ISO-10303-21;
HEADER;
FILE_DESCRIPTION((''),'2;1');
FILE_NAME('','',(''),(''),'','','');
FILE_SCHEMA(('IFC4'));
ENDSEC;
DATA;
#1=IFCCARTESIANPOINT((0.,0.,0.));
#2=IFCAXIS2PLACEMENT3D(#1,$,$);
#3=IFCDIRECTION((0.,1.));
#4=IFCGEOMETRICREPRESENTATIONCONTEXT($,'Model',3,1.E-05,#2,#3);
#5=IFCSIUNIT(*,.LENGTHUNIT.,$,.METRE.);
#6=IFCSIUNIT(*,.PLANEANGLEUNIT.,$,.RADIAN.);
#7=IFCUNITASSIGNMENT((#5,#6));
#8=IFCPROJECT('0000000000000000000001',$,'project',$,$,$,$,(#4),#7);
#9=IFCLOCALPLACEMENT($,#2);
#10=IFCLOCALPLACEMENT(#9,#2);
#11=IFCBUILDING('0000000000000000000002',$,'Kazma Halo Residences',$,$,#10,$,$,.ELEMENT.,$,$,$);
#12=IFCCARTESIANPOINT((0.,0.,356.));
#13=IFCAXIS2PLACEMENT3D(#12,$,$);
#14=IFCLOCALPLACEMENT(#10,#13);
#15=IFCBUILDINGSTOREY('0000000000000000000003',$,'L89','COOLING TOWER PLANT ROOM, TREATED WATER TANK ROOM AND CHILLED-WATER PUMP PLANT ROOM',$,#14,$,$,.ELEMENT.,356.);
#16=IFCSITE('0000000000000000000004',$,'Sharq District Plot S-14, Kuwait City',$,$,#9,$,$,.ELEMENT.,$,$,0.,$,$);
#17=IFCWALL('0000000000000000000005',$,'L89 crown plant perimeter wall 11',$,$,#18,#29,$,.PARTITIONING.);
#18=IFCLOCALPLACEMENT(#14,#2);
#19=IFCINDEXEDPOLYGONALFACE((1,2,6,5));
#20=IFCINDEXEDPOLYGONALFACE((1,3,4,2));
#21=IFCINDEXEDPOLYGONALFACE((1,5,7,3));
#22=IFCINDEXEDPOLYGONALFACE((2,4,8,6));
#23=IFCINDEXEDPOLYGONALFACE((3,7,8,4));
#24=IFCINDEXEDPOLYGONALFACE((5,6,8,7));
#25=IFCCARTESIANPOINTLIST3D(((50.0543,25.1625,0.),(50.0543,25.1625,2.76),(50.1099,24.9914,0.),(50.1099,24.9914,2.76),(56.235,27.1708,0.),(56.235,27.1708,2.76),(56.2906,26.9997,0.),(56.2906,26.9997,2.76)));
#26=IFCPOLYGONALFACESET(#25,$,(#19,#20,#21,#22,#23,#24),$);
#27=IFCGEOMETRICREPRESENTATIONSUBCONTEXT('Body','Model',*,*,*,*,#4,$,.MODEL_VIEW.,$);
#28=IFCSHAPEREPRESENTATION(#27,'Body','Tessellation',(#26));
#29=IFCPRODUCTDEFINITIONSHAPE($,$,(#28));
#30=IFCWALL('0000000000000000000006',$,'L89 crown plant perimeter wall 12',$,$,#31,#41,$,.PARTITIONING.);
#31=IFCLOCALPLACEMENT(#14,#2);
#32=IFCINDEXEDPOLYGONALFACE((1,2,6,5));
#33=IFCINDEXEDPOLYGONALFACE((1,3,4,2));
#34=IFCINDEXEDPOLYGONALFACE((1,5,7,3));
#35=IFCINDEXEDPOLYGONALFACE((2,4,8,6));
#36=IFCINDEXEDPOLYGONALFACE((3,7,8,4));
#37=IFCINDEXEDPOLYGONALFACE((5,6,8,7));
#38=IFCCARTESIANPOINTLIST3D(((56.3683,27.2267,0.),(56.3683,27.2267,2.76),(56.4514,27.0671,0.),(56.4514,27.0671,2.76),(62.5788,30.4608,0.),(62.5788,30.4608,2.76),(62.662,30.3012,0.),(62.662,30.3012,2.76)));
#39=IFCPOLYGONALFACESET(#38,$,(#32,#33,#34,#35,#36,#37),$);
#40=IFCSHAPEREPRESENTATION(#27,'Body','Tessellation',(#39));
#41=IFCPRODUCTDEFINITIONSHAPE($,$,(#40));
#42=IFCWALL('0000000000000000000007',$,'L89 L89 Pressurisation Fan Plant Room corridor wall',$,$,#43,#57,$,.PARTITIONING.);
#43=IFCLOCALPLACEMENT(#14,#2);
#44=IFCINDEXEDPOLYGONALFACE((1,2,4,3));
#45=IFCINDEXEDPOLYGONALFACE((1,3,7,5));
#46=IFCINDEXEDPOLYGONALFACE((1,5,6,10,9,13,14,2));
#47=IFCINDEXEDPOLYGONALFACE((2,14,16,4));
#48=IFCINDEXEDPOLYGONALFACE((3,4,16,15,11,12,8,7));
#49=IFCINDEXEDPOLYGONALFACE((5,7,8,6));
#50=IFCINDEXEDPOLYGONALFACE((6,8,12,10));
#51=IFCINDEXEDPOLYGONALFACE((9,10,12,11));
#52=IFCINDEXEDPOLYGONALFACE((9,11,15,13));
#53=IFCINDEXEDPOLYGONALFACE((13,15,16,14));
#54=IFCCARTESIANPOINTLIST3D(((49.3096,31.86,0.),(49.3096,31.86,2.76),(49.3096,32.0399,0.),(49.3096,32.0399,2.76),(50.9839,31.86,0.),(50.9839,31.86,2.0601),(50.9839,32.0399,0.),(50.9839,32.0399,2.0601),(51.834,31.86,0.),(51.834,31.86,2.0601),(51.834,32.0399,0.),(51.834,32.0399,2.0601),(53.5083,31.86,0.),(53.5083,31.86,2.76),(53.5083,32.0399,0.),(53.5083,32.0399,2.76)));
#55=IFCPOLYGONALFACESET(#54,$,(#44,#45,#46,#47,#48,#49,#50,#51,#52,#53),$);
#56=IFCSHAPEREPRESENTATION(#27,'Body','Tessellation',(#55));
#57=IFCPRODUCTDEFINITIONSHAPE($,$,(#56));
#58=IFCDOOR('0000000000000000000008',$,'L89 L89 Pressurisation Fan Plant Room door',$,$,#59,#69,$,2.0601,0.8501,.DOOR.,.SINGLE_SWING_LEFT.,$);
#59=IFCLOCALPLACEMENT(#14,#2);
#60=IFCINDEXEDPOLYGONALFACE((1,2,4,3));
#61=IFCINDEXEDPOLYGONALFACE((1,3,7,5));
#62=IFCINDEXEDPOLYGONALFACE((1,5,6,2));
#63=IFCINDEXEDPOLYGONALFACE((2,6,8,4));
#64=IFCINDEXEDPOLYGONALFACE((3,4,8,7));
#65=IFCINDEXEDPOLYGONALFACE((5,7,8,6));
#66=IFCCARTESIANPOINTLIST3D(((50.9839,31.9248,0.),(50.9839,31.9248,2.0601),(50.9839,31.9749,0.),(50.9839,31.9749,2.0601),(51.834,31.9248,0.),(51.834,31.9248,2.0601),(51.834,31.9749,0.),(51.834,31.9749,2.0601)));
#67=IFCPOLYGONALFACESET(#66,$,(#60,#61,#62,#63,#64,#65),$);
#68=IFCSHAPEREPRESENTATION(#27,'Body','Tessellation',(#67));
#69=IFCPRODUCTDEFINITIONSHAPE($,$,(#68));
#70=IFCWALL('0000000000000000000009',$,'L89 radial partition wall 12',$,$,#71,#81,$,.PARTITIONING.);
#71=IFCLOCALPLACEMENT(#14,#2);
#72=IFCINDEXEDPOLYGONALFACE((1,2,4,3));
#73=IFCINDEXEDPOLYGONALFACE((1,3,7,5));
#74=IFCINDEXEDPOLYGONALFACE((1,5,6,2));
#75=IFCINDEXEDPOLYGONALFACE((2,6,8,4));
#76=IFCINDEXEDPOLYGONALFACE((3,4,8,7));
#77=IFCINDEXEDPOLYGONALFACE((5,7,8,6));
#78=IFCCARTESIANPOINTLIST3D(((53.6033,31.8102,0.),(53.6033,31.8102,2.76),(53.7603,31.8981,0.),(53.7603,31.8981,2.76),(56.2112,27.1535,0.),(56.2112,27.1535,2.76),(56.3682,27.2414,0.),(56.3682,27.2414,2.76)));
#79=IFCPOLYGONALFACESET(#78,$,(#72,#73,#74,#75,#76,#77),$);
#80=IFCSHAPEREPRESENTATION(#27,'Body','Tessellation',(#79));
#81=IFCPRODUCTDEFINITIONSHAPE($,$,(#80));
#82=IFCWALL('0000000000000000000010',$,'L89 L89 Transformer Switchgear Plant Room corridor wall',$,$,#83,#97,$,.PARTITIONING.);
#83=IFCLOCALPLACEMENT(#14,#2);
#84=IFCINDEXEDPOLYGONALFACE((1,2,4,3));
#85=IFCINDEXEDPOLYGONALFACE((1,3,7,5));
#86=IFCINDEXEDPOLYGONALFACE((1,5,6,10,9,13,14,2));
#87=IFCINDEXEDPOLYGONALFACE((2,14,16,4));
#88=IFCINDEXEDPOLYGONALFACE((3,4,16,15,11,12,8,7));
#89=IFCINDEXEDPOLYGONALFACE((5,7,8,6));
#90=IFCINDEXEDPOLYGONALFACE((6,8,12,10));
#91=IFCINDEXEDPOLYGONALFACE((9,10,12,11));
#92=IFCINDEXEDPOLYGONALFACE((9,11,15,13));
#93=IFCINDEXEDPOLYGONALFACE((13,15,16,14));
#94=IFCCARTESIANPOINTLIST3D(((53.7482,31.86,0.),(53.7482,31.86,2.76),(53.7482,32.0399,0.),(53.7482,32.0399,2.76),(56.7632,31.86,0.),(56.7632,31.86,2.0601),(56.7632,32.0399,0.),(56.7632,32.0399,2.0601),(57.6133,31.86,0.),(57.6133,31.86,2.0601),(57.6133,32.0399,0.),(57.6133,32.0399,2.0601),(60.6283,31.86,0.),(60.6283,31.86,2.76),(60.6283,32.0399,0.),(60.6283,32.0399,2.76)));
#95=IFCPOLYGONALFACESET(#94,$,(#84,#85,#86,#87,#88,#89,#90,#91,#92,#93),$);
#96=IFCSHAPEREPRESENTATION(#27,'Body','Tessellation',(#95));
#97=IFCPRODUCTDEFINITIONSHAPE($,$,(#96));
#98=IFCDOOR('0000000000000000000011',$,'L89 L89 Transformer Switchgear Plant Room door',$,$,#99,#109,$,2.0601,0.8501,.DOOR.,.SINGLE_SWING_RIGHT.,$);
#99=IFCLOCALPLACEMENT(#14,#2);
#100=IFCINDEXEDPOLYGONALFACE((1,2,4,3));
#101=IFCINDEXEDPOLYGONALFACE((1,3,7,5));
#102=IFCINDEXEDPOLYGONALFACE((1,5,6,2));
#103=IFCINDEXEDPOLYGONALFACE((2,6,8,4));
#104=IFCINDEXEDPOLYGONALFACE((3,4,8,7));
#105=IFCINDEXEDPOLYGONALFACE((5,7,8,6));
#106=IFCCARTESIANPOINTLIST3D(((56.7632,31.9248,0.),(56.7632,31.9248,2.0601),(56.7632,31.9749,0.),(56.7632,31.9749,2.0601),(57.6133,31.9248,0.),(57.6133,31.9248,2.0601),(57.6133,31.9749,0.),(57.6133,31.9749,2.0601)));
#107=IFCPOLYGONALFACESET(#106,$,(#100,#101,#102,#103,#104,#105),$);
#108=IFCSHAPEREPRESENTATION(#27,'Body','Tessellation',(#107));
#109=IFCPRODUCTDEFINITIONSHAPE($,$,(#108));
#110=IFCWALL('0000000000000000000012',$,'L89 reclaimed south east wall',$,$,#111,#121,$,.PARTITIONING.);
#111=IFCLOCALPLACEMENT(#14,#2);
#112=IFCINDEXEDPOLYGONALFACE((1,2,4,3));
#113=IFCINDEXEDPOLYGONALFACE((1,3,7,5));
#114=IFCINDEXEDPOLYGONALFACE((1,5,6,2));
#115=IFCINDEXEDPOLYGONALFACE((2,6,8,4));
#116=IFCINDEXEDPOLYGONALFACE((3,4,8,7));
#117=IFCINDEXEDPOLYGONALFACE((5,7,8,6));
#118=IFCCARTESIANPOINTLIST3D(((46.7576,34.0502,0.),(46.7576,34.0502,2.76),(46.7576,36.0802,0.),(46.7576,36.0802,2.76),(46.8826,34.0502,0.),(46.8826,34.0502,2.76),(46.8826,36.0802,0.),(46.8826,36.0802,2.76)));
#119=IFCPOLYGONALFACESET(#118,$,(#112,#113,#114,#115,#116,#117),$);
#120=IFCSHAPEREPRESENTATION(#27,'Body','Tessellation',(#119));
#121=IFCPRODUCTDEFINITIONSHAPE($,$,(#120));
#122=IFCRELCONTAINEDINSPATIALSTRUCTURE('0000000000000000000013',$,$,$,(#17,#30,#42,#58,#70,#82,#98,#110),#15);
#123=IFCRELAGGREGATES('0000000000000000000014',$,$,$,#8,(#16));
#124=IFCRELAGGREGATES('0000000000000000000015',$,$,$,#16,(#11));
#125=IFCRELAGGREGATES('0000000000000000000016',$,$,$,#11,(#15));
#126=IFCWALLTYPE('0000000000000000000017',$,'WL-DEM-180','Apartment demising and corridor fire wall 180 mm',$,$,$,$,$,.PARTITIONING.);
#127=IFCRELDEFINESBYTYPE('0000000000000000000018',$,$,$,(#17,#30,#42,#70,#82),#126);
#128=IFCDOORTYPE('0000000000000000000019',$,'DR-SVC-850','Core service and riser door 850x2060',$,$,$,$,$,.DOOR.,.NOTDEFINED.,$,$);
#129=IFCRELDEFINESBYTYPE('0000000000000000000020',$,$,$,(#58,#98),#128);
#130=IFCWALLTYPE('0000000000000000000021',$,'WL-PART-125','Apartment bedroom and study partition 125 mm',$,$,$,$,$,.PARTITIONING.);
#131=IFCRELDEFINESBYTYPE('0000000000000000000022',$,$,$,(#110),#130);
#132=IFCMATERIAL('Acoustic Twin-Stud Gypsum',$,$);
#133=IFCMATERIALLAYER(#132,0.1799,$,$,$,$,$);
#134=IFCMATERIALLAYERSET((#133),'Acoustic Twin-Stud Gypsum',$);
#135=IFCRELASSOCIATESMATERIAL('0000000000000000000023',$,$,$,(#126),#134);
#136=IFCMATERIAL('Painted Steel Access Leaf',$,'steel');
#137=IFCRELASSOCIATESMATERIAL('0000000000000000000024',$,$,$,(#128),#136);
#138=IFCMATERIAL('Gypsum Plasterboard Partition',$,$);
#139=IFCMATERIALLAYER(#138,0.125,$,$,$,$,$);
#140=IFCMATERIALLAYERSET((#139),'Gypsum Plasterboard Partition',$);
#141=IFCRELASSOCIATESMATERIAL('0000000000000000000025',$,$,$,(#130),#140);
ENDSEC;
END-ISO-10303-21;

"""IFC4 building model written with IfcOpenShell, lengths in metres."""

from ifc_helpers import new_model, si_unit, direction, frame, frame_2d, origin, place, context, subcontext, project, spatial, rectangle, extrude, material, layer, layer_set, type_object, element, fill, save


model = new_model("IFC4")

# Units and contexts
model_context = context("Model", 3, precision=1e-05, world=origin(), true_north=direction((0.0, 1.0)))
body_context = subcontext(model_context, "Body", "Model", "MODEL_VIEW")
ifc_project = project(units=[si_unit("LENGTHUNIT", "METRE"), si_unit("PLANEANGLEUNIT", "RADIAN")], contexts=[model_context])

# Site, building, storey
site_placement = place(None, origin())
site = spatial("IfcSite", under=ifc_project, at=site_placement, Name="Sharq District Plot S-14, Kuwait City", CompositionType="ELEMENT", RefElevation=0.0)
building_placement = place(site_placement, origin())
building = spatial("IfcBuilding", under=site, at=building_placement, Name="Kazma Halo Residences", CompositionType="ELEMENT")
storey_placement = place(building_placement, frame((0.0, 0.0, 356.0)))
storey = spatial("IfcBuildingStorey", under=building, at=storey_placement, Name="L89", Description="COOLING TOWER PLANT ROOM, TREATED WATER TANK ROOM AND CHILLED-WATER PUMP PLANT ROOM", CompositionType="ELEMENT", Elevation=356.0)

# Walls
ifc_material_1 = material(Name="Acoustic Twin-Stud Gypsum")
ifc_layer_1 = layer(ifc_material_1, 0.1799)
ifc_layer_set_1 = layer_set([ifc_layer_1], Name="Acoustic Twin-Stud Gypsum")
wall_type_1 = type_object("IfcWallType", Name="WL-DEM-180", Description="Apartment demising and corridor fire wall 180 mm", PredefinedType="PARTITIONING", material=ifc_layer_set_1)
wall_1_placement = place(storey_placement, frame((50.082, 25.0769, 0.0), z_axis=(0.0, 0.0, 1.0), x_axis=(0.951053, 0.309028, 0.0)))
element("IfcWall", 1, at=wall_1_placement, inside=storey, type_object=wall_type_1, Name="L89 crown plant perimeter wall 11", PredefinedType="PARTITIONING", context=body_context, shape_type="SweptSolid", body=[
    extrude(rectangle(XDim=6.4988, YDim=0.1799, at=frame_2d((3.2495, 0.0))), origin(), (0.0, 0.0, 1.0), 2.76),
])
wall_2_placement = place(storey_placement, frame((56.4099, 27.147, 0.0), z_axis=(0.0, 0.0, 1.0), x_axis=(0.886949, 0.461866, 0.0)))
element("IfcWall", 2, at=wall_2_placement, inside=storey, type_object=wall_type_1, Name="L89 crown plant perimeter wall 12", PredefinedType="PARTITIONING", context=body_context, shape_type="SweptSolid", body=[
    extrude(rectangle(XDim=7.0022, YDim=0.1799, at=frame_2d((3.501, 0.0))), origin(), (0.0, 0.0, 1.0), 2.76),
])

# Wall, opening, door
wall_3_placement = place(storey_placement, frame((49.3096, 31.95, 0.0), z_axis=(0.0, 0.0, 1.0), x_axis=(1.0, 0.0, 0.0)))
wall_3 = element("IfcWall", 3, at=wall_3_placement, inside=storey, type_object=wall_type_1, Name="L89 L89 Pressurisation Fan Plant Room corridor wall", PredefinedType="PARTITIONING", context=body_context, shape_type="SweptSolid", body=[
    extrude(rectangle(XDim=4.1987, YDim=0.1799, at=frame_2d((2.0994, 0.0))), origin(), (0.0, 0.0, 1.0), 2.76),
])
opening_1_placement = place(wall_3_placement, frame((1.6743, 0.0, 0.0)))
opening_1 = element("IfcOpeningElement", 4, at=opening_1_placement, cuts=wall_3, PredefinedType="OPENING", context=body_context, shape_type="SweptSolid", body=[
    extrude(rectangle(XDim=0.8501, YDim=2.0601, at=frame_2d((0.425, 1.03))), frame((0.0, 0.0999, 0.0), z_axis=(0.0, -1.0, 0.0), x_axis=(1.0, 0.0, 0.0)), (0.0, 0.0, 1.0), 0.2),
])
ifc_material_2 = material(Name="Painted Steel Access Leaf", Category="steel")
door_type = type_object("IfcDoorType", Name="DR-SVC-850", Description="Core service and riser door 850x2060", OperationType="NOTDEFINED", PredefinedType="DOOR", material=ifc_material_2)
door_1_placement = place(opening_1_placement, origin())
door_1 = element("IfcDoor", 5, at=door_1_placement, inside=storey, type_object=door_type, Name="L89 L89 Pressurisation Fan Plant Room door", OperationType="SINGLE_SWING_LEFT", OverallHeight=2.0601, OverallWidth=0.8501, PredefinedType="DOOR", context=body_context, shape_type="SweptSolid", body=[
    extrude(rectangle(XDim=0.8501, YDim=2.0601, at=frame_2d((0.425, 1.03))), frame((0.0, 0.0249, 0.0), z_axis=(0.0, -1.0, 0.0), x_axis=(1.0, 0.0, 0.0)), (0.0, 0.0, 1.0), 0.05),
])
fill(opening_1, door_1)

# Wall
wall_4_placement = place(storey_placement, frame((53.6819, 31.854, 0.0), z_axis=(0.0, 0.0, 1.0), x_axis=(0.488623, -0.872495, 0.0)))
element("IfcWall", 6, at=wall_4_placement, inside=storey, type_object=wall_type_1, Name="L89 radial partition wall 12", PredefinedType="PARTITIONING", context=body_context, shape_type="SweptSolid", body=[
    extrude(rectangle(XDim=5.3372, YDim=0.1799, at=frame_2d((2.6685, 0.0))), origin(), (0.0, 0.0, 1.0), 2.76),
])

# Wall, opening, door
wall_5_placement = place(storey_placement, frame((53.7483, 31.95, 0.0), z_axis=(0.0, 0.0, 1.0), x_axis=(1.0, 0.0, 0.0)))
wall_5 = element("IfcWall", 7, at=wall_5_placement, inside=storey, type_object=wall_type_1, Name="L89 L89 Transformer Switchgear Plant Room corridor wall", PredefinedType="PARTITIONING", context=body_context, shape_type="SweptSolid", body=[
    extrude(rectangle(XDim=6.8801, YDim=0.1799, at=frame_2d((3.4399, 0.0))), origin(), (0.0, 0.0, 1.0), 2.76),
])
opening_2_placement = place(wall_5_placement, frame((3.0149, 0.0, 0.0)))
opening_2 = element("IfcOpeningElement", 8, at=opening_2_placement, cuts=wall_5, PredefinedType="OPENING", context=body_context, shape_type="SweptSolid", body=[
    extrude(rectangle(XDim=0.8501, YDim=2.0601, at=frame_2d((0.425, 1.03))), frame((0.0, 0.0999, 0.0), z_axis=(0.0, -1.0, 0.0), x_axis=(1.0, 0.0, 0.0)), (0.0, 0.0, 1.0), 0.2),
])
door_2_placement = place(opening_2_placement, origin())
door_2 = element("IfcDoor", 9, at=door_2_placement, inside=storey, type_object=door_type, Name="L89 L89 Transformer Switchgear Plant Room door", OperationType="SINGLE_SWING_RIGHT", OverallHeight=2.0601, OverallWidth=0.8501, PredefinedType="DOOR", context=body_context, shape_type="SweptSolid", body=[
    extrude(rectangle(XDim=0.8501, YDim=2.0601, at=frame_2d((0.425, 1.03))), frame((0.0, 0.0249, 0.0), z_axis=(0.0, -1.0, 0.0), x_axis=(1.0, 0.0, 0.0)), (0.0, 0.0, 1.0), 0.05),
])
fill(opening_2, door_2)

# Wall
ifc_material_3 = material(Name="Gypsum Plasterboard Partition")
ifc_layer_2 = layer(ifc_material_3, 0.125)
ifc_layer_set_2 = layer_set([ifc_layer_2], Name="Gypsum Plasterboard Partition")
wall_type_2 = type_object("IfcWallType", Name="WL-PART-125", Description="Apartment bedroom and study partition 125 mm", PredefinedType="PARTITIONING", material=ifc_layer_set_2)
wall_6_placement = place(storey_placement, frame((46.8201, 34.05, 0.0), z_axis=(0.0, 0.0, 1.0), x_axis=(0.0, 1.0, 0.0)))
element("IfcWall", 10, at=wall_6_placement, inside=storey, type_object=wall_type_2, Name="L89 reclaimed south east wall", PredefinedType="PARTITIONING", context=body_context, shape_type="SweptSolid", body=[
    extrude(rectangle(XDim=2.03, YDim=0.125, at=frame_2d((1.0151, 0.0))), origin(), (0.0, 0.0, 1.0), 2.76),
])

save(model, "model.ifc")
